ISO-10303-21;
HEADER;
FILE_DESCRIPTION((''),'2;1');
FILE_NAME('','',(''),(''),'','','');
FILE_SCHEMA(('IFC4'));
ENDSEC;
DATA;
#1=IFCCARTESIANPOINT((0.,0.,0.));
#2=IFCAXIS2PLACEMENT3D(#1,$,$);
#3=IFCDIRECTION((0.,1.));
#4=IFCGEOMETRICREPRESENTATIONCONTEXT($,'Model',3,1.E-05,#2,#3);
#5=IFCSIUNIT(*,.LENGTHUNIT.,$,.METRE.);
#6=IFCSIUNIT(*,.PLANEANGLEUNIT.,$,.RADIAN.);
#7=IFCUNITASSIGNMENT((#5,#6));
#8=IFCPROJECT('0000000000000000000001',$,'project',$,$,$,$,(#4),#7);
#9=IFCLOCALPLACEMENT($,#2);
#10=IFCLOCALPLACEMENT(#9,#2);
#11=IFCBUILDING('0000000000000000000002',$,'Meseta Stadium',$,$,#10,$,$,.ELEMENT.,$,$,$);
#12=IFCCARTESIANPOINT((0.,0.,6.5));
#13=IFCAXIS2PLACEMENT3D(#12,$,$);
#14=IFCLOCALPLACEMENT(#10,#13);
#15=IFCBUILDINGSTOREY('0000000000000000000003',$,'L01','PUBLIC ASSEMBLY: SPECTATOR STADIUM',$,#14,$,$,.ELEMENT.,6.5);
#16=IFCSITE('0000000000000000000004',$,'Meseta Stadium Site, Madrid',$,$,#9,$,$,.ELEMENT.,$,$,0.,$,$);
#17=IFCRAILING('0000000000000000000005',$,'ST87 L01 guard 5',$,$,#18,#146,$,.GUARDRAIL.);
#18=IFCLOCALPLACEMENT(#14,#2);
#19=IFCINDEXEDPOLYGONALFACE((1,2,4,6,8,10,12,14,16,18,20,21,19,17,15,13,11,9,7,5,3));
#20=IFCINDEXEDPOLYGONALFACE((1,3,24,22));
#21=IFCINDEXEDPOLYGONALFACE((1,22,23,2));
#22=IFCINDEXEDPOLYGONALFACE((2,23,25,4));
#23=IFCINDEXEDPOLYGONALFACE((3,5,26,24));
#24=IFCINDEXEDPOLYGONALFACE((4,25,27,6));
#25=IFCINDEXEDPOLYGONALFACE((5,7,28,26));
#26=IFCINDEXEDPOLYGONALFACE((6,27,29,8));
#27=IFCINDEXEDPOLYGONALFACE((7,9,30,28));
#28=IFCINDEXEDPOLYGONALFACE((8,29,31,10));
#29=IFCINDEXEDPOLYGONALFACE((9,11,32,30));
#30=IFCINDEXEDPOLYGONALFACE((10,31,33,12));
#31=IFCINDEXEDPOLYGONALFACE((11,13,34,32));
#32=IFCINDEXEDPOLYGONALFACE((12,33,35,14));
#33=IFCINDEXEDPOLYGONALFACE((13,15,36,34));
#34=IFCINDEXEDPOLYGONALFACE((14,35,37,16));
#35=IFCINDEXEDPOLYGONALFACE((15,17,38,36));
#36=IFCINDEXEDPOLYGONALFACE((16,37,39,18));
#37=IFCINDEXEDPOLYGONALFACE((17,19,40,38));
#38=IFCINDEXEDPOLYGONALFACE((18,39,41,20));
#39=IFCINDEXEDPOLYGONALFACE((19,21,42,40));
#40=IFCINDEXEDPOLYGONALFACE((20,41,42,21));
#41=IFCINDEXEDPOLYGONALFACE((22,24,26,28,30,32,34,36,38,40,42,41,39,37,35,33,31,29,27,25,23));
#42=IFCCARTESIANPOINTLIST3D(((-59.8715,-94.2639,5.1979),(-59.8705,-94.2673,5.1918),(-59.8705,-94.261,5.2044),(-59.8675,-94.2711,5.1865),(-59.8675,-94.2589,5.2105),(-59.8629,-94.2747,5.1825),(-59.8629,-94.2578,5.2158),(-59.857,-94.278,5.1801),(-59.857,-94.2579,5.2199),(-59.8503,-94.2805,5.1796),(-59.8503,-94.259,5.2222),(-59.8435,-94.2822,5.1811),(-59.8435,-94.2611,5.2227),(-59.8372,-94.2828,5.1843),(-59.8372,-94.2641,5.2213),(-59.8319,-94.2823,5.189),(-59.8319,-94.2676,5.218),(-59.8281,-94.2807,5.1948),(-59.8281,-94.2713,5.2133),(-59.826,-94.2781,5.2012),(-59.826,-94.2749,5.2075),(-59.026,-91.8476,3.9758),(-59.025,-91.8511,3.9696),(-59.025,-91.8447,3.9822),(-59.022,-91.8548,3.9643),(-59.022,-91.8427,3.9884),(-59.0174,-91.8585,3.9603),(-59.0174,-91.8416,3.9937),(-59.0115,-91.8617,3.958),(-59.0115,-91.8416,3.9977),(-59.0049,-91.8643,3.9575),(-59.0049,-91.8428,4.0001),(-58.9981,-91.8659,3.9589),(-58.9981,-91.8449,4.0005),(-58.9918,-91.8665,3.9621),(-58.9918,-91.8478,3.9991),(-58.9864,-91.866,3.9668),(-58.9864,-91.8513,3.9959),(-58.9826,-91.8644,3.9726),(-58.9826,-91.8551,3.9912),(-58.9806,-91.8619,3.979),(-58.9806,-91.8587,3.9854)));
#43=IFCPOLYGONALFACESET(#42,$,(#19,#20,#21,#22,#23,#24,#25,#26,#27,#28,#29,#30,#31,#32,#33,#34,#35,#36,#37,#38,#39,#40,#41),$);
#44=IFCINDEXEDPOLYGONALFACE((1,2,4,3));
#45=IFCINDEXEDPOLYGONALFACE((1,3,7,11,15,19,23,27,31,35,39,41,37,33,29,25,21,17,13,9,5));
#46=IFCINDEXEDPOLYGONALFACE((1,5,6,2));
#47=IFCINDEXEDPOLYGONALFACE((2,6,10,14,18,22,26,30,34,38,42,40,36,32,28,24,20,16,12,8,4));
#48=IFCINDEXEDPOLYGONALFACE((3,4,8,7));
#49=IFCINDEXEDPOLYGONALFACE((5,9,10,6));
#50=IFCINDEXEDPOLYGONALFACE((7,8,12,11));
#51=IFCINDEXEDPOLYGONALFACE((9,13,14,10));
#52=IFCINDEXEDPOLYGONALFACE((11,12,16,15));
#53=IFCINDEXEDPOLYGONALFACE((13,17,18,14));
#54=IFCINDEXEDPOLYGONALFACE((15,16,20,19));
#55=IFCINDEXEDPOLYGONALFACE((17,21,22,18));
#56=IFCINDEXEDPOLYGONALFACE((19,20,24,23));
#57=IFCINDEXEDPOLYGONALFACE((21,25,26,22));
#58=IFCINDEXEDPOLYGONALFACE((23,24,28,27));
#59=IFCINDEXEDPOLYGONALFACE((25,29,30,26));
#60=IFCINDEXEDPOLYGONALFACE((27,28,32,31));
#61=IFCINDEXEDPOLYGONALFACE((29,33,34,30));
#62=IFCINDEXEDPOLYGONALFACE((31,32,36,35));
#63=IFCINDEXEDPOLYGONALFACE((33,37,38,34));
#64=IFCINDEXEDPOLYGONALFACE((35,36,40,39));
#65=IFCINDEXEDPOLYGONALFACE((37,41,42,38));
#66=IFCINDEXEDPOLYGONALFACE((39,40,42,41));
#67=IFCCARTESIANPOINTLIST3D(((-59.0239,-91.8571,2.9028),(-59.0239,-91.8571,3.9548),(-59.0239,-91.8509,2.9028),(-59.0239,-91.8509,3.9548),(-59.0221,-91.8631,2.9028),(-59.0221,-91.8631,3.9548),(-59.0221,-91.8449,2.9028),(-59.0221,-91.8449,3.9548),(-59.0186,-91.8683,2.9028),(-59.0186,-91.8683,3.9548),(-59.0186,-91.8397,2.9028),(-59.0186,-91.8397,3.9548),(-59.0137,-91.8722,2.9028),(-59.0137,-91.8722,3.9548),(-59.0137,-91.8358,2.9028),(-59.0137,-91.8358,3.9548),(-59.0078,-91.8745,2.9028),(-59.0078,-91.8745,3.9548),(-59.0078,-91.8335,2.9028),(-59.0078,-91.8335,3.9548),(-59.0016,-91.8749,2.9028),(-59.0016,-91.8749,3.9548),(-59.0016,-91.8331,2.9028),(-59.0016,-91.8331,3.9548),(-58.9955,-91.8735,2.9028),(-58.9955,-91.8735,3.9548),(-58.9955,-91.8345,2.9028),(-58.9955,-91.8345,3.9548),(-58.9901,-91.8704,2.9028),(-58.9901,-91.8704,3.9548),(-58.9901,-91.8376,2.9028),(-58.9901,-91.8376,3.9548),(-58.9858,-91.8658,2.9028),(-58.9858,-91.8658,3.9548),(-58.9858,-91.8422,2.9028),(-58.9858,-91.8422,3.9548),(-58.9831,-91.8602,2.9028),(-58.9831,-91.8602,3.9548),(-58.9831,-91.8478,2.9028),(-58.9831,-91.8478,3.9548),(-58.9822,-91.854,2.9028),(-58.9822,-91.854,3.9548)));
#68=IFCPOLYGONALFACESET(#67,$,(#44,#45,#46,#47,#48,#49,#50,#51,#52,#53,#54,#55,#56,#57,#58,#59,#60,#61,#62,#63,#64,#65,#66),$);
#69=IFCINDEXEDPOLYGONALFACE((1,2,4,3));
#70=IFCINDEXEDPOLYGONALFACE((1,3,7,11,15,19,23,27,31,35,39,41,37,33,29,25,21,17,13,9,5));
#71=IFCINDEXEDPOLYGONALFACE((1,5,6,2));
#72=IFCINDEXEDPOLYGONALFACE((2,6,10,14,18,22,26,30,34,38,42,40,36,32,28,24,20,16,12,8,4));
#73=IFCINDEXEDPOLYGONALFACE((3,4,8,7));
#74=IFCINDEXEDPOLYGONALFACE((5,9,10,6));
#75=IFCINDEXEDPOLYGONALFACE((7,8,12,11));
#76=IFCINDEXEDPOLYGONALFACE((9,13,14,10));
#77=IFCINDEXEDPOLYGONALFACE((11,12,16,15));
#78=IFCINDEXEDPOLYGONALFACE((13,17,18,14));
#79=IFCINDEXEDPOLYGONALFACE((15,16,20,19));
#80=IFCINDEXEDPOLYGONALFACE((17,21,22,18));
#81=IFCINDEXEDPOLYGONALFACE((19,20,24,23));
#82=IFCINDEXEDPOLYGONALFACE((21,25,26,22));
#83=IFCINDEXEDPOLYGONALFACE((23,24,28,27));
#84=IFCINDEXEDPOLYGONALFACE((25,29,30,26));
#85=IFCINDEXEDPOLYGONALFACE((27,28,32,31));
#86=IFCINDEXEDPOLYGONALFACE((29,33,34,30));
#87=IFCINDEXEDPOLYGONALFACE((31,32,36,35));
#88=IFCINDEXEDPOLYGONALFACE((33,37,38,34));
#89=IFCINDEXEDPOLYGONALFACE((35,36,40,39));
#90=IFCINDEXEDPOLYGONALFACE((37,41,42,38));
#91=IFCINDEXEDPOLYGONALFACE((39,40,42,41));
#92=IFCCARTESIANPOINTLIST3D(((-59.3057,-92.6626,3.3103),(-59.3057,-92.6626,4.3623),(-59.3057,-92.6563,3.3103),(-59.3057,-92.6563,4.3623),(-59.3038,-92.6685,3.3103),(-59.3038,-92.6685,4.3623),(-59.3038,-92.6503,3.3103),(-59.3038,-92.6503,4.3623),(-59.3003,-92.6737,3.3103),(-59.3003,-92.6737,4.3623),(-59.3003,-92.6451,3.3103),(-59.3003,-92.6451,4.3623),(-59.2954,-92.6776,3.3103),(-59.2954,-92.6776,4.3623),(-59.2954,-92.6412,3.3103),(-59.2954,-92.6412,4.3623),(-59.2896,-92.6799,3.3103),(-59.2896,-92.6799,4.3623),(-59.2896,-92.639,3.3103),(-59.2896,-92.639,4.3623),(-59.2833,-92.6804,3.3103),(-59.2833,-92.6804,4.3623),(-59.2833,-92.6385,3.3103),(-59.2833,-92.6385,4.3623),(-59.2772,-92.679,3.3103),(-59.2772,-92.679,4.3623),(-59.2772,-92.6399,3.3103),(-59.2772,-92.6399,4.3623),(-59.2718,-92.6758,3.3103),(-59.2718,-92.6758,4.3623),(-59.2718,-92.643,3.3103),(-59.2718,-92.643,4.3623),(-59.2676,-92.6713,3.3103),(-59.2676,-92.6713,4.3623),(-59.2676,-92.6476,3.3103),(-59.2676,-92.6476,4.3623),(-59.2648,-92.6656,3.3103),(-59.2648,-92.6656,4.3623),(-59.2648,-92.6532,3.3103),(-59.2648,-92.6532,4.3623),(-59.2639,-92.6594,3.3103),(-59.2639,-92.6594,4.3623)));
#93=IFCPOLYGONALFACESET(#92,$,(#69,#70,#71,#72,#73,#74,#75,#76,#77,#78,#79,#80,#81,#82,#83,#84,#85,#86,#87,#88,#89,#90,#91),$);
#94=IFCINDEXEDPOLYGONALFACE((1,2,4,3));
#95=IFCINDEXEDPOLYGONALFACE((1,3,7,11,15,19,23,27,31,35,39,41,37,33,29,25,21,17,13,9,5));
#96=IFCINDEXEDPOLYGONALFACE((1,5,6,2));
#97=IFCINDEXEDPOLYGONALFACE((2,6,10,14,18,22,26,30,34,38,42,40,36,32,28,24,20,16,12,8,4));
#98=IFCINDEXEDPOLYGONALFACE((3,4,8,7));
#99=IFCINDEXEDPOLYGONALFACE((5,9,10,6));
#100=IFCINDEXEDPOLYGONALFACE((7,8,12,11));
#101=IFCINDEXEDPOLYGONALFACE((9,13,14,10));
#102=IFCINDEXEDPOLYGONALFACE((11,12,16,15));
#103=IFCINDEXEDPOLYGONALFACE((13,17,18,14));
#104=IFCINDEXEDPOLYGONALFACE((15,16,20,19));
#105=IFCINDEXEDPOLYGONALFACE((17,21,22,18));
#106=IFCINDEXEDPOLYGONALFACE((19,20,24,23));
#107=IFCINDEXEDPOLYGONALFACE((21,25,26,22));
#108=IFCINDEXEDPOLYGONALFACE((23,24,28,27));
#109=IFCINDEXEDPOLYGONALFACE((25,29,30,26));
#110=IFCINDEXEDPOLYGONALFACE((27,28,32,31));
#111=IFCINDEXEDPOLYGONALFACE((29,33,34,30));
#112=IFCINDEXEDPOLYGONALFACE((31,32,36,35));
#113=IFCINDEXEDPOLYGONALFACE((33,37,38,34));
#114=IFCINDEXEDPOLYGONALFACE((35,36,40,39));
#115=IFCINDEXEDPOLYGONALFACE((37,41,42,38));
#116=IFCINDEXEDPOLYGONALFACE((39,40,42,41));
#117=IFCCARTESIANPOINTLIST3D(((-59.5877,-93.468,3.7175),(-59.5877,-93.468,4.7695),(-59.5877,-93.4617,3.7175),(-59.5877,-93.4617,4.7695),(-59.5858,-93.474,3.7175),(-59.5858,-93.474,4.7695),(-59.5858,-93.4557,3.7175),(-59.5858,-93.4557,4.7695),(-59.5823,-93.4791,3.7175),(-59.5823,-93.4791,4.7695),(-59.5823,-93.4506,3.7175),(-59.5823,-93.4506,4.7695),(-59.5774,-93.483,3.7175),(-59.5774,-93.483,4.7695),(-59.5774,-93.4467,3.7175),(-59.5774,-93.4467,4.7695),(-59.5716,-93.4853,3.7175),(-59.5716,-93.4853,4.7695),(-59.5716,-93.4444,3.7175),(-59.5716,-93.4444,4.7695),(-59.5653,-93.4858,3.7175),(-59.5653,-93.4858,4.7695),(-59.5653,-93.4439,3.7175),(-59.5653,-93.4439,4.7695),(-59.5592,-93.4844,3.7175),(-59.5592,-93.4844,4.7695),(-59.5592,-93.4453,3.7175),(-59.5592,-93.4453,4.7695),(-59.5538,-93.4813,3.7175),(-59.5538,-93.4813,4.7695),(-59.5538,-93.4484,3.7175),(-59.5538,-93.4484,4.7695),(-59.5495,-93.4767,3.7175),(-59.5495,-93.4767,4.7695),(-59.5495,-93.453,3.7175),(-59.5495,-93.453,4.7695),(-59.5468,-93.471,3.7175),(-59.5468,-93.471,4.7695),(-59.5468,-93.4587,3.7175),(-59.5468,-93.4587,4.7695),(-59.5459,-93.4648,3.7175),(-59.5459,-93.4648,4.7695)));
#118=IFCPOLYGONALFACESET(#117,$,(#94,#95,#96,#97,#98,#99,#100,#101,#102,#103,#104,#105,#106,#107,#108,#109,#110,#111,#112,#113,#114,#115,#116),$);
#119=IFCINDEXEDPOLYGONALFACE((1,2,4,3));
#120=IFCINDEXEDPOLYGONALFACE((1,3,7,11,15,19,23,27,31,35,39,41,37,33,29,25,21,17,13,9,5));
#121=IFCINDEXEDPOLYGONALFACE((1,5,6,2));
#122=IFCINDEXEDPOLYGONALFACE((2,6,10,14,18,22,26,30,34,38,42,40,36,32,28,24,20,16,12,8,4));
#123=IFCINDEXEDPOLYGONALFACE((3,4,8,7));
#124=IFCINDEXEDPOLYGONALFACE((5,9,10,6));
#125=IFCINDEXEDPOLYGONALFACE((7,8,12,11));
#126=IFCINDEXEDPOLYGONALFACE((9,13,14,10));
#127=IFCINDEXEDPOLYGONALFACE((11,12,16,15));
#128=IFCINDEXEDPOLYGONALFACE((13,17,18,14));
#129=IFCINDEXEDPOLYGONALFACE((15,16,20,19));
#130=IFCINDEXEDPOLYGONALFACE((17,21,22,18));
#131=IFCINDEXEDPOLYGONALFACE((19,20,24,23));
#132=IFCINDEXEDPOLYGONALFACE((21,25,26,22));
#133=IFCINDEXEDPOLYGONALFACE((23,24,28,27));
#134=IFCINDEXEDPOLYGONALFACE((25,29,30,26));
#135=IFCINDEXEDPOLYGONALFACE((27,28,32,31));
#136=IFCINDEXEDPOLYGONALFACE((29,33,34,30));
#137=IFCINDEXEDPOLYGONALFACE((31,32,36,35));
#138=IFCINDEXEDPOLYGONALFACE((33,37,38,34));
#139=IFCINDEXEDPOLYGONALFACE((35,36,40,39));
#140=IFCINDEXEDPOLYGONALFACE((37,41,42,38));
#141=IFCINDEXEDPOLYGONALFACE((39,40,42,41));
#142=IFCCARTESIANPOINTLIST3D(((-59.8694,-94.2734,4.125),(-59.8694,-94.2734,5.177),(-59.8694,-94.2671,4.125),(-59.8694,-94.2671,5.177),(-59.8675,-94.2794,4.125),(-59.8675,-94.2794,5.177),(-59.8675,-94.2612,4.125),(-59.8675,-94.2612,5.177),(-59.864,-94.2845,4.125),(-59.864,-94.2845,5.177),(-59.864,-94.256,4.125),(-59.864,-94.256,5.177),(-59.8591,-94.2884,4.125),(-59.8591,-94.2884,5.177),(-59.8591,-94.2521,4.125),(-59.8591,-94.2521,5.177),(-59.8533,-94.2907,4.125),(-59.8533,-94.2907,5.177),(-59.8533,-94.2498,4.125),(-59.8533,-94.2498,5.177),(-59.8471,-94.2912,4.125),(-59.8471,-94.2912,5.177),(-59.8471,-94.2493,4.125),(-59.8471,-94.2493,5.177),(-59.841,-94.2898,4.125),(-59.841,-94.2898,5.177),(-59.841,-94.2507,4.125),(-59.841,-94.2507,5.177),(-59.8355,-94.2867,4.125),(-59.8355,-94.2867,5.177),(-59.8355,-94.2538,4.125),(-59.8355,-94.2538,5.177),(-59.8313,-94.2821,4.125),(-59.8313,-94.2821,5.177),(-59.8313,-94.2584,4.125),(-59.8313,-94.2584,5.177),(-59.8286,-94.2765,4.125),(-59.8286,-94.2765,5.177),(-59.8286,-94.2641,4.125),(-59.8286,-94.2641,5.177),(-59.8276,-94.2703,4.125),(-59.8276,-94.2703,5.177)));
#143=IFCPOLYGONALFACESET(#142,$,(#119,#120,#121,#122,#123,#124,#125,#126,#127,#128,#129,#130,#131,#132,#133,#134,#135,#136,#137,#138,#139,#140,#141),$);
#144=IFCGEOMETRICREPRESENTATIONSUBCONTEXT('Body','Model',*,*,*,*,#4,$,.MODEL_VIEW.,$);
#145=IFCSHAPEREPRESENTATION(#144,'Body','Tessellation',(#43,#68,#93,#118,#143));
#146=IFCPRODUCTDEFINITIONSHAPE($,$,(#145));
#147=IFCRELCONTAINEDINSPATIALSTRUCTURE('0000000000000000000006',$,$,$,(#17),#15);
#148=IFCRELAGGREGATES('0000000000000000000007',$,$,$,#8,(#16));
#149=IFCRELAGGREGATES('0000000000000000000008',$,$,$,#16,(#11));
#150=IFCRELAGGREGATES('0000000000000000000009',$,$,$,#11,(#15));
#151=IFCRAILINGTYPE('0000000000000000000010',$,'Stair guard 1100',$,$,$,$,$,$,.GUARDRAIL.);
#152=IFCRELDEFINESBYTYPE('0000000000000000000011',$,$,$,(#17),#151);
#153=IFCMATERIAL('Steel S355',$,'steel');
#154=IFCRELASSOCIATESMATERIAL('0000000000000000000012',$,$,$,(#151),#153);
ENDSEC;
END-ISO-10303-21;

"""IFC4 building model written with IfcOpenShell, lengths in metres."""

from ifc_helpers import new_model, si_unit, direction, frame, origin, origin_2d, place, context, subcontext, project, spatial, circle, extrude, material, type_object, element, save


model = new_model("IFC4")

# Units and contexts
model_context = context("Model", 3, precision=1e-05, world=origin(), true_north=direction((0.0, 1.0)))
body_context = subcontext(model_context, "Body", "Model", "MODEL_VIEW")
ifc_project = project(units=[si_unit("LENGTHUNIT", "METRE"), si_unit("PLANEANGLEUNIT", "RADIAN")], contexts=[model_context])

# Site, building, storey
site_placement = place(None, origin())
site = spatial("IfcSite", under=ifc_project, at=site_placement, Name="Meseta Stadium Site, Madrid", CompositionType="ELEMENT", RefElevation=0.0)
building_placement = place(site_placement, origin())
building = spatial("IfcBuilding", under=site, at=building_placement, Name="Meseta Stadium", CompositionType="ELEMENT")
storey_placement = place(building_placement, frame((0.0, 0.0, 6.5)))
storey = spatial("IfcBuildingStorey", under=building, at=storey_placement, Name="L01", Description="PUBLIC ASSEMBLY: SPECTATOR STADIUM", CompositionType="ELEMENT", Elevation=6.5)

# Railing
ifc_material_1 = material(Name="Steel S355", Category="steel")
railing_type_1 = type_object("IfcRailingType", Name="Stair guard 1100", PredefinedType="GUARDRAIL", material=ifc_material_1)
railing_1_placement = place(storey_placement, frame((-59.0032, -91.854, 2.9028)))
element("IfcRailing", 1, at=railing_1_placement, inside=storey, type_object=railing_type_1, Name="ST87 L01 guard 5", PredefinedType="GUARDRAIL", context=body_context, shape_type="SweptSolid", body=[
    extrude(circle(Radius=0.0239, at=origin_2d()), frame((0.0, 0.0, 1.0762), z_axis=(-0.298044, -0.851789, 0.430843), x_axis=(0.943887, -0.33027, 0.0)), (0.0, 0.0, 1.0), 2.8367),
    extrude(circle(Radius=0.021, at=origin_2d()), origin(), (0.0, 0.0, 1.0), 1.052),
    extrude(circle(Radius=0.021, at=origin_2d()), frame((-0.2817, -0.8054, 0.4075)), (0.0, 0.0, 1.0), 1.052),
    extrude(circle(Radius=0.021, at=origin_2d()), frame((-0.5637, -1.6108, 0.8147)), (0.0, 0.0, 1.0), 1.052),
    extrude(circle(Radius=0.021, at=origin_2d()), frame((-0.8455, -2.4163, 1.2222)), (0.0, 0.0, 1.0), 1.052),
])

save(model, "model.ifc")
